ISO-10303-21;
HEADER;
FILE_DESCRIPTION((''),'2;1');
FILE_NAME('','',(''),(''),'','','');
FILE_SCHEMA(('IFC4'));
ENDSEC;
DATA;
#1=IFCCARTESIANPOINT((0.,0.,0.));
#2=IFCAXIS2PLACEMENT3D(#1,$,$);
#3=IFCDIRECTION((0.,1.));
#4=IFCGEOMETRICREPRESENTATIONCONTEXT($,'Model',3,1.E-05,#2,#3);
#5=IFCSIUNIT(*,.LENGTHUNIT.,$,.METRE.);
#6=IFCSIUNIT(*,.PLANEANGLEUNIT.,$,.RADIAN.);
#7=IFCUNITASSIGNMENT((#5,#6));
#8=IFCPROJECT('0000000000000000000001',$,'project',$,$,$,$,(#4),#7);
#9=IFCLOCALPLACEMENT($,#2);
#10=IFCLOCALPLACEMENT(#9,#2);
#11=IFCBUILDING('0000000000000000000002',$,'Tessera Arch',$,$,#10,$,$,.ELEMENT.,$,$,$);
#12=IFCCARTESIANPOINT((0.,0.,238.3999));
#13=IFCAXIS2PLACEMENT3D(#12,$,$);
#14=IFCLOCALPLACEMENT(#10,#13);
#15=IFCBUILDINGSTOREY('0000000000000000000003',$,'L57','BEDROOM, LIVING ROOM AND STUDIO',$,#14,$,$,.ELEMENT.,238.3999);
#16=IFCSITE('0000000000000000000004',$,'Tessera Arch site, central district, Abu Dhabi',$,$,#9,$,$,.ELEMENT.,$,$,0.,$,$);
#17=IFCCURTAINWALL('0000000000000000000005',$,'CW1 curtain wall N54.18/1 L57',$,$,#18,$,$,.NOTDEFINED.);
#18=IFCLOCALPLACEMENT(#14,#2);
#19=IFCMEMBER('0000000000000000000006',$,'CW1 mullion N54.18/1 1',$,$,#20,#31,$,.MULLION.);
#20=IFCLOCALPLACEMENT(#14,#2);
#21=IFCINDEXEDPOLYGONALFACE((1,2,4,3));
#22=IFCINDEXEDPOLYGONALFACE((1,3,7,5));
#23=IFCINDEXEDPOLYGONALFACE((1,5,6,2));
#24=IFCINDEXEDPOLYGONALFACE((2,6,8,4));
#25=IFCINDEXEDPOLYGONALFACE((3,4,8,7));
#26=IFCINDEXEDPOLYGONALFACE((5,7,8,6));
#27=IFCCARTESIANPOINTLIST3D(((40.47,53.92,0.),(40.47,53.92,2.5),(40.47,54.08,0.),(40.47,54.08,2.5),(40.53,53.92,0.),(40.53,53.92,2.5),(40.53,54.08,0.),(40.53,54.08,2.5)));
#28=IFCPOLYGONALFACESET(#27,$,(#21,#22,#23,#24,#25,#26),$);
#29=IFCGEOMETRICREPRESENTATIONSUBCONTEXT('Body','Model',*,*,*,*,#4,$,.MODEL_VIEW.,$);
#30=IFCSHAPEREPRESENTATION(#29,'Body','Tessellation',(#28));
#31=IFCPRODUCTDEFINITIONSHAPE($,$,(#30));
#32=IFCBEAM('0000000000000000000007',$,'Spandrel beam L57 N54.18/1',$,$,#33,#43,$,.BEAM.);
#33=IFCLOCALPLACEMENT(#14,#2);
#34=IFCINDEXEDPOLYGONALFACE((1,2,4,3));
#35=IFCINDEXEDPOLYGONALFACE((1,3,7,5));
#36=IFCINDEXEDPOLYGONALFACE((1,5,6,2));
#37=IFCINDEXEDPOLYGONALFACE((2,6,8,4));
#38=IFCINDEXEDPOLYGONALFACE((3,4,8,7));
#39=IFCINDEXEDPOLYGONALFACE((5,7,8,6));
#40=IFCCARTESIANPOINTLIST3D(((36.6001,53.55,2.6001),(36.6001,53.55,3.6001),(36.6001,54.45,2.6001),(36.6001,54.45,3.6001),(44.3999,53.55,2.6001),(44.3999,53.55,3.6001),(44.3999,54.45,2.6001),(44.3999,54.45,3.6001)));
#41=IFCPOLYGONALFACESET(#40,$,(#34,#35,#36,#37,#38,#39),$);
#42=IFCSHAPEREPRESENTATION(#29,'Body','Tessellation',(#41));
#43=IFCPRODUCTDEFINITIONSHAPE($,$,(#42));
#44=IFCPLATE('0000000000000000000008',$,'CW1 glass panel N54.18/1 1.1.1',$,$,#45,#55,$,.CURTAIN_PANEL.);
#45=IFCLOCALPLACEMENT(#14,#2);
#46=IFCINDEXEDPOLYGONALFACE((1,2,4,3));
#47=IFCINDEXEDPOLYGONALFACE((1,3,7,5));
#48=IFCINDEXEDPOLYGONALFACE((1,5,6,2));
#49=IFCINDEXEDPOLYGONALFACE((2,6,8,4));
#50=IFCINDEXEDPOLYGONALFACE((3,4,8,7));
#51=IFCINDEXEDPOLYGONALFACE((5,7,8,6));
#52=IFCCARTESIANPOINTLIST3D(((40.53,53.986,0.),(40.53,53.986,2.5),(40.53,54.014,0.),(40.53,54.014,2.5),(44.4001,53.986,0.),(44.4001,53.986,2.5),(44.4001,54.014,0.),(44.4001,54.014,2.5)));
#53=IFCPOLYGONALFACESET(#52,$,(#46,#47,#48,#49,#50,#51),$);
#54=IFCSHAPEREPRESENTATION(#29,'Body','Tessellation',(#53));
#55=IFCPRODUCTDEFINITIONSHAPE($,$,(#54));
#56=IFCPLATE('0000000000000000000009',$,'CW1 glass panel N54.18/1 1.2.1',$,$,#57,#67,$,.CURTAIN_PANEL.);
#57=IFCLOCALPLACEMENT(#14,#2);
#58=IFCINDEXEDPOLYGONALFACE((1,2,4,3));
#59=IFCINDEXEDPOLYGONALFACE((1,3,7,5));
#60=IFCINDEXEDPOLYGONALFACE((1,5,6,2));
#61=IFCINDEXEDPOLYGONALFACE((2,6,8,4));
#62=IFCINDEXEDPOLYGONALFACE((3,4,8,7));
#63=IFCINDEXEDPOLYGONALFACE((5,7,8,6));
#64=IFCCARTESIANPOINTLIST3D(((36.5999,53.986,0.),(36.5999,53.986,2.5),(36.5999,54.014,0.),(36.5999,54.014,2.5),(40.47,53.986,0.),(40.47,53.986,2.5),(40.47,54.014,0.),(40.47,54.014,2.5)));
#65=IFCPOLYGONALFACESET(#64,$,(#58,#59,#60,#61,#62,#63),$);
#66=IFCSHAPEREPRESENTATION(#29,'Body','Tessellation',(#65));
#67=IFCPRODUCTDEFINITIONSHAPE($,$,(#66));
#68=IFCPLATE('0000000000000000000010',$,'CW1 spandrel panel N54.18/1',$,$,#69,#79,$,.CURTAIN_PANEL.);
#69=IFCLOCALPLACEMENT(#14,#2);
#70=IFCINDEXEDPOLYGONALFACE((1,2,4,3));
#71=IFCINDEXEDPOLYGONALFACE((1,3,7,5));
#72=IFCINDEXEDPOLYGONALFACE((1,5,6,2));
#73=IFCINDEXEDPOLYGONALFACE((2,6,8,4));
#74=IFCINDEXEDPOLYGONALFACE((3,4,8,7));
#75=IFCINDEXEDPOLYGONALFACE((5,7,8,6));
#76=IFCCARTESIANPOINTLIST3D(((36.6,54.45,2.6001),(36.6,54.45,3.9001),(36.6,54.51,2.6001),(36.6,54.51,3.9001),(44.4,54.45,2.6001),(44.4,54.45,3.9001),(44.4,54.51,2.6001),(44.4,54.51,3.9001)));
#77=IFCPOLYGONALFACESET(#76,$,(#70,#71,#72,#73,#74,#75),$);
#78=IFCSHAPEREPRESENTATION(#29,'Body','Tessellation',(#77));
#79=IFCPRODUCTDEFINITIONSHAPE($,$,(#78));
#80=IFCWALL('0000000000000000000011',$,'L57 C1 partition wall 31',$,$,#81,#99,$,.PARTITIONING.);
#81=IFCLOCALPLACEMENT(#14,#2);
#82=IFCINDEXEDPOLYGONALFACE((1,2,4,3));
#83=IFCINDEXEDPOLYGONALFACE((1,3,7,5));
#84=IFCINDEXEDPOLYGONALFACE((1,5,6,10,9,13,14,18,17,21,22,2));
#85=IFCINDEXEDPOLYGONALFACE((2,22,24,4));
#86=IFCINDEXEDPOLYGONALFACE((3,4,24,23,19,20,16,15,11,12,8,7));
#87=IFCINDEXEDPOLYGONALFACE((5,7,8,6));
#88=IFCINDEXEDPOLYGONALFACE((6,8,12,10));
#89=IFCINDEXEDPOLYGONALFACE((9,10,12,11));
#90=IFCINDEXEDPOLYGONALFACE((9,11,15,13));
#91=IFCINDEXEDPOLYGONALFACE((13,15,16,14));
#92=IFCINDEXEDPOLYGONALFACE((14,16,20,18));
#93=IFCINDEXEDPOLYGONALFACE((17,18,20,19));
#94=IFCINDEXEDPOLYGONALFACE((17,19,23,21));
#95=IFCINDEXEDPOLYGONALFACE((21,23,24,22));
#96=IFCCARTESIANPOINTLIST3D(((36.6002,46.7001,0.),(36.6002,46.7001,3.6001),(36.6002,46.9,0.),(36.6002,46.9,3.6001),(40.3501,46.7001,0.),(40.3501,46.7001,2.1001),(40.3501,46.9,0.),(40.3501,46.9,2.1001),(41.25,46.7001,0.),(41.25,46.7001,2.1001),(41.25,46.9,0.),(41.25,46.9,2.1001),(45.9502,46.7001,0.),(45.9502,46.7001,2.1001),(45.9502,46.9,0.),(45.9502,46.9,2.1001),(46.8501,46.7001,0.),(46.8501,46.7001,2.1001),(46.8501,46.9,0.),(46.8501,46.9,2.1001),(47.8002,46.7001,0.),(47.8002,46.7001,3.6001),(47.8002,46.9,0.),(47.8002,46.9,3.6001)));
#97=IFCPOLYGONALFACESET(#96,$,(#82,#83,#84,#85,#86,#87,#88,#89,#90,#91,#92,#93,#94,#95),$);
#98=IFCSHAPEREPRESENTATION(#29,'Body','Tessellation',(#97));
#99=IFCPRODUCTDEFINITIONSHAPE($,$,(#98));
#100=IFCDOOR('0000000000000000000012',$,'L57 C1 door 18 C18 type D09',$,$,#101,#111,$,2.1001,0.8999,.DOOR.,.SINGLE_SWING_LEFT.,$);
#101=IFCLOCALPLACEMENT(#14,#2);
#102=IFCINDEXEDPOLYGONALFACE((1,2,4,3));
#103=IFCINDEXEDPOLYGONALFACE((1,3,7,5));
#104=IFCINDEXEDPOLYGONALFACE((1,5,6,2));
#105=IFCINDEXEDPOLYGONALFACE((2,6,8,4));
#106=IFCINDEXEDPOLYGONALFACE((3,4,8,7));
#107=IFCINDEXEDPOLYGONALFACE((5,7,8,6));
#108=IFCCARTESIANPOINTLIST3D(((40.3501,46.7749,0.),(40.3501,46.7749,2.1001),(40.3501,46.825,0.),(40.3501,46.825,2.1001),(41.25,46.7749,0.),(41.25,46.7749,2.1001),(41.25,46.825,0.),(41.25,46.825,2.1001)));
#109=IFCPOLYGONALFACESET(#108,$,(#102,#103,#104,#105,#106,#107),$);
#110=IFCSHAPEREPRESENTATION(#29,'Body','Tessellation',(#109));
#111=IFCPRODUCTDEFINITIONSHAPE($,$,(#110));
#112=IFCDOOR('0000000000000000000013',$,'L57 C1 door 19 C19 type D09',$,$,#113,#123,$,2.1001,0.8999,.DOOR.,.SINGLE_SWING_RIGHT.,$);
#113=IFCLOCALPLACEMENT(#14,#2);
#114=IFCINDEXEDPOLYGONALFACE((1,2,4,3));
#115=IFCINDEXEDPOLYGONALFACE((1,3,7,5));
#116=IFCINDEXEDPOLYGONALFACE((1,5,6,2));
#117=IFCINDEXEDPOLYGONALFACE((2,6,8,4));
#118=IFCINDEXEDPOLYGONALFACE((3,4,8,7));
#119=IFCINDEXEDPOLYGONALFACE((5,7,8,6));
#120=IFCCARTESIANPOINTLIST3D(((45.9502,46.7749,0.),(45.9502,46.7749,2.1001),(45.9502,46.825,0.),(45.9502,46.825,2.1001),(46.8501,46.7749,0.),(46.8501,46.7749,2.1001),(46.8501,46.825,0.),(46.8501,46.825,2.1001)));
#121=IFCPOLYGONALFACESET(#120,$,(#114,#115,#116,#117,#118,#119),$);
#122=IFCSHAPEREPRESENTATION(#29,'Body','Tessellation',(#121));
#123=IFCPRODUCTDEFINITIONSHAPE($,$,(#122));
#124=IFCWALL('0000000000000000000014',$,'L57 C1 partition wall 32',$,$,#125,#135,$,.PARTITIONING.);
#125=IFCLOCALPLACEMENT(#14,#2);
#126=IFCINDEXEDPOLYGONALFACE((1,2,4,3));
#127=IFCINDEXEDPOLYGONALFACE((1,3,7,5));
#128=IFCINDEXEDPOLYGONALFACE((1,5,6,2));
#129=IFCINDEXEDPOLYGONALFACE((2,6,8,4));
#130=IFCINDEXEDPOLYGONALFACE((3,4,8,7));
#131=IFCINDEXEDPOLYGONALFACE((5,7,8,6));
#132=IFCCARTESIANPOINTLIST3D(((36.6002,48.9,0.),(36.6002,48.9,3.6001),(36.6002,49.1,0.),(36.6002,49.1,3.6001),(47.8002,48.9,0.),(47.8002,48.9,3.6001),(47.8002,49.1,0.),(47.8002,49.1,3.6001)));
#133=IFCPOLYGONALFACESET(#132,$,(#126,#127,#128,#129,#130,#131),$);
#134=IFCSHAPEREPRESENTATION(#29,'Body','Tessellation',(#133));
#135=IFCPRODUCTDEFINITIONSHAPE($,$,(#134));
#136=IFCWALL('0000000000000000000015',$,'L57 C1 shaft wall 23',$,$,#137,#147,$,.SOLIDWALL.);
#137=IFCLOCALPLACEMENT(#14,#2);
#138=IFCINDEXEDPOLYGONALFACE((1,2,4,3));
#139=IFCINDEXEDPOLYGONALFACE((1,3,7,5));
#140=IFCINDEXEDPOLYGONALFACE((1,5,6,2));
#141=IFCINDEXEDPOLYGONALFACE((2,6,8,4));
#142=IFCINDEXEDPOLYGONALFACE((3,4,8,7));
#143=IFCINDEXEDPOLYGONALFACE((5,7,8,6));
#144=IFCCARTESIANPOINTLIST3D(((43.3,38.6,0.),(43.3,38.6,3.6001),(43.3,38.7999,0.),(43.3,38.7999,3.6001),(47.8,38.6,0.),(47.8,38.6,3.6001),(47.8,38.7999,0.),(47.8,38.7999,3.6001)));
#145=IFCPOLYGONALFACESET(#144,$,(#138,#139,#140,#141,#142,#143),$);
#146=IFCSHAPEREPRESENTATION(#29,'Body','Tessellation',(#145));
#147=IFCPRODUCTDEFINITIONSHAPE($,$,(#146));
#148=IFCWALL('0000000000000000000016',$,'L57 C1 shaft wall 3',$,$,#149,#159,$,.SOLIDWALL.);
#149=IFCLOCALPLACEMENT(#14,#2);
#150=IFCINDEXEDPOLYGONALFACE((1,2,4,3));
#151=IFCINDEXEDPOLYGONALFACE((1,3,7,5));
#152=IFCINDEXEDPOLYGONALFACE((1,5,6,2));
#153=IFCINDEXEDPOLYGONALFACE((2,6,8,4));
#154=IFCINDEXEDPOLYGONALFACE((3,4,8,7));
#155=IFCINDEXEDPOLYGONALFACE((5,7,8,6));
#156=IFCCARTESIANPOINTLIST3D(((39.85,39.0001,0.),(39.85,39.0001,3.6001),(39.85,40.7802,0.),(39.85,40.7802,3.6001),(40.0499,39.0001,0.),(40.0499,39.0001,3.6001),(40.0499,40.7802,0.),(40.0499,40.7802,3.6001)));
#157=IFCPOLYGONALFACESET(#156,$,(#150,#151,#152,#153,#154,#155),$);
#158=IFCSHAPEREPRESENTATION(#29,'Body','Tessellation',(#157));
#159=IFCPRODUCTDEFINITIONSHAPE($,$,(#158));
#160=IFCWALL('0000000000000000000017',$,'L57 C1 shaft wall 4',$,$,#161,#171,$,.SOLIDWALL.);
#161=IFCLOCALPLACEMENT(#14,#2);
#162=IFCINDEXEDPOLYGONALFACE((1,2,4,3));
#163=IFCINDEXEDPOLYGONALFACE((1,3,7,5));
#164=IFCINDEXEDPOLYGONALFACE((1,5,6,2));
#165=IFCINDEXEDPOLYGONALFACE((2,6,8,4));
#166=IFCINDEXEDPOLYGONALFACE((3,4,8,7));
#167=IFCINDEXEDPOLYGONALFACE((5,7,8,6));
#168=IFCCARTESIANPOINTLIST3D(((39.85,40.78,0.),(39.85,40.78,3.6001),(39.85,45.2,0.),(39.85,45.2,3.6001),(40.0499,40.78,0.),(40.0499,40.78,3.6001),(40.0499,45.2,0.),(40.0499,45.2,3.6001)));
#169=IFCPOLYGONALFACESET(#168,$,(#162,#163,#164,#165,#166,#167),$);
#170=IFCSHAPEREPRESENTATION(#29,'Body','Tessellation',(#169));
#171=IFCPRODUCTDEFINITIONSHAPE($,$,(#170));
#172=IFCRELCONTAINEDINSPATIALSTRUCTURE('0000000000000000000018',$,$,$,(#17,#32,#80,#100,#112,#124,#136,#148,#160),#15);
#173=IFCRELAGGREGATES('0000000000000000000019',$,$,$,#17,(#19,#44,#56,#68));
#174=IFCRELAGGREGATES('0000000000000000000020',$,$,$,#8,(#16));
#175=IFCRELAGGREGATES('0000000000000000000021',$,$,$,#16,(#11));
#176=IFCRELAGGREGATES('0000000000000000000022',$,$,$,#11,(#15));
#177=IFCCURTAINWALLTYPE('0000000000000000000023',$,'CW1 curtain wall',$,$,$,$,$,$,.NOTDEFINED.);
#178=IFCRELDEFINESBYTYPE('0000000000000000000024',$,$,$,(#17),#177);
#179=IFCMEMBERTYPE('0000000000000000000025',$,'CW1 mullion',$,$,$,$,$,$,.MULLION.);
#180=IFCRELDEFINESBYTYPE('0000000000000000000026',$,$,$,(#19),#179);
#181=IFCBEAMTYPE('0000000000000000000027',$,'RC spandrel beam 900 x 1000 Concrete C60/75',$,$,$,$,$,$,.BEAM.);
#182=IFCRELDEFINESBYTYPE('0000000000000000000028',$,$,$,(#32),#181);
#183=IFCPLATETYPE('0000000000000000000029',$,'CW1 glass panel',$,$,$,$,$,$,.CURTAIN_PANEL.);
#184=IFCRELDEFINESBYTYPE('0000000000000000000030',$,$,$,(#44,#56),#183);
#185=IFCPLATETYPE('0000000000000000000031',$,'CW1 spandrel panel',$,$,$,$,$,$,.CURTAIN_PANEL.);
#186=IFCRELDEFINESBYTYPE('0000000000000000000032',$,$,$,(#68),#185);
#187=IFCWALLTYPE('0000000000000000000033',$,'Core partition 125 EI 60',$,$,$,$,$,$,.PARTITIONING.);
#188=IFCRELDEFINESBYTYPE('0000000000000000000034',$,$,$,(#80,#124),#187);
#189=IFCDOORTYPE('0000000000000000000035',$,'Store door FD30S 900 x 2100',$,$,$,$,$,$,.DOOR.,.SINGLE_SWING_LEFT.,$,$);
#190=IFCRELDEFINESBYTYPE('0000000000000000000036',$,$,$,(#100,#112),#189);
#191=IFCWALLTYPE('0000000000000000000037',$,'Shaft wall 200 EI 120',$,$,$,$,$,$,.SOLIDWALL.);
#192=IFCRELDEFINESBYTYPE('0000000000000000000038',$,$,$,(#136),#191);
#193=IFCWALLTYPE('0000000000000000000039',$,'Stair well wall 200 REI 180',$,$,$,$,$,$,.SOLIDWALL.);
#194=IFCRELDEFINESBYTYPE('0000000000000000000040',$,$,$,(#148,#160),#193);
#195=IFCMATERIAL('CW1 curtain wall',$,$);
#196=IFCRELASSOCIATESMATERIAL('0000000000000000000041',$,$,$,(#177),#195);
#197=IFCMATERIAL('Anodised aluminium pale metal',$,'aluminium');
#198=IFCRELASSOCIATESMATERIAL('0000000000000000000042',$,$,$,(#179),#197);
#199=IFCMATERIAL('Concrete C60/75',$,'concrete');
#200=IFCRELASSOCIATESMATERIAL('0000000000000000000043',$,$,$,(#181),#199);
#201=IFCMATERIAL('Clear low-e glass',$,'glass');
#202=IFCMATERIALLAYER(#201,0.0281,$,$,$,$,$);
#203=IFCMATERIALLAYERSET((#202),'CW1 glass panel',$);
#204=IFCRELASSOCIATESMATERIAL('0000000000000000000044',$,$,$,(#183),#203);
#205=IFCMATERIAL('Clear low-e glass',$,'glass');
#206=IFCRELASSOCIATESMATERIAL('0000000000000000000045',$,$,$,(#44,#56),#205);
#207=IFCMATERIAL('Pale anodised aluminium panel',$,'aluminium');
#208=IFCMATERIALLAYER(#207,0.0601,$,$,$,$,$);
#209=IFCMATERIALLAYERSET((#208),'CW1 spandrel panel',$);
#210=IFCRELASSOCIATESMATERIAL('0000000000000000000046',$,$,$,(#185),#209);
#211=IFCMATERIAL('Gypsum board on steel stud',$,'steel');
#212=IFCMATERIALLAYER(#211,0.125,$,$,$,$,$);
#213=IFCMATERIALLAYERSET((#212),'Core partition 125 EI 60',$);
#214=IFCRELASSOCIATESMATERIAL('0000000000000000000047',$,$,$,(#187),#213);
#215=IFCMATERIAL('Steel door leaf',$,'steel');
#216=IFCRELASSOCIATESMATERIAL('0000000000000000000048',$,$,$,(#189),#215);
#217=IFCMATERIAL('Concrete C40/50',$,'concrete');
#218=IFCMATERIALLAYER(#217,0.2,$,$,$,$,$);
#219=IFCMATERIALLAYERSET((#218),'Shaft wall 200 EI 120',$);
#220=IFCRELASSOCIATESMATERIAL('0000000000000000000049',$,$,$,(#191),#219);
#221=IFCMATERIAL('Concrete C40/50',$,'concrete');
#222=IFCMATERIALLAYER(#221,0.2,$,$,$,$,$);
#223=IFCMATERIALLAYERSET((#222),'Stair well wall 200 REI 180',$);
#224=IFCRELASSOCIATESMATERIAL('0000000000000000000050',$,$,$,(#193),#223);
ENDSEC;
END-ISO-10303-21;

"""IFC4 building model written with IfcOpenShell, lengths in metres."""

from ifc_helpers import new_model, si_unit, direction, frame, frame_2d, origin, origin_2d, place, context, subcontext, project, spatial, rectangle, extrude, material, layer, layer_set, material_profile, profile_set, type_object, element, fill, aggregate, save


model = new_model("IFC4")

# Units and contexts
model_context = context("Model", 3, precision=1e-05, world=origin(), true_north=direction((0.0, 1.0)))
body_context = subcontext(model_context, "Body", "Model", "MODEL_VIEW")
ifc_project = project(units=[si_unit("LENGTHUNIT", "METRE"), si_unit("PLANEANGLEUNIT", "RADIAN")], contexts=[model_context])

# Site, building, storey
site_placement = place(None, origin())
site = spatial("IfcSite", under=ifc_project, at=site_placement, Name="Tessera Arch site, central district, Abu Dhabi", CompositionType="ELEMENT", RefElevation=0.0)
building_placement = place(site_placement, origin())
building = spatial("IfcBuilding", under=site, at=building_placement, Name="Tessera Arch", CompositionType="ELEMENT")
storey_placement = place(building_placement, frame((0.0, 0.0, 238.3999)))
storey = spatial("IfcBuildingStorey", under=building, at=storey_placement, Name="L57", Description="BEDROOM, LIVING ROOM AND STUDIO", CompositionType="ELEMENT", Elevation=238.3999)

# Curtain wall, member
ifc_material_1 = material(Name="CW1 curtain wall")
curtain_wall_type = type_object("IfcCurtainWallType", Name="CW1 curtain wall", PredefinedType="NOTDEFINED", material=ifc_material_1)
curtain_wall_placement = place(storey_placement, origin())
curtain_wall = element("IfcCurtainWall", 1, at=curtain_wall_placement, inside=storey, type_object=curtain_wall_type, Name="CW1 curtain wall N54.18/1 L57", PredefinedType="NOTDEFINED")
ifc_material_2 = material(Name="Anodised aluminium pale metal", Category="aluminium")
ifc_material_profile_1 = material_profile(ifc_material_2, rectangle(XDim=0.1599, YDim=0.0601, at=origin_2d()), Name="AL 60x160")
ifc_profile_set_1 = profile_set([ifc_material_profile_1], Name="Anodised aluminium pale metal")
member_type = type_object("IfcMemberType", Name="CW1 mullion", PredefinedType="MULLION", material=ifc_profile_set_1)
member_placement = place(storey_placement, frame((40.5, 54.0, 0.0), z_axis=(0.0, 0.0, 1.0), x_axis=(0.0, -1.0, 0.0)))
member = element("IfcMember", 2, at=member_placement, type_object=member_type, Name="CW1 mullion N54.18/1 1", PredefinedType="MULLION", context=body_context, shape_type="SweptSolid", body=[
    extrude(rectangle(XDim=0.1599, YDim=0.0601, at=origin_2d()), origin(), (0.0, 0.0, 1.0), 2.5),
])

# Beam
ifc_material_3 = material(Name="Concrete C60/75", Category="concrete")
ifc_material_profile_2 = material_profile(ifc_material_3, rectangle(XDim=0.8999, YDim=1.0, at=origin_2d()), Name="RC spandrel beam 900 x 1000 Concrete C60/75")
ifc_profile_set_2 = profile_set([ifc_material_profile_2], Name="Concrete C60/75")
beam_type = type_object("IfcBeamType", Name="RC spandrel beam 900 x 1000 Concrete C60/75", PredefinedType="BEAM", material=ifc_profile_set_2)
beam_placement = place(storey_placement, frame((44.3999, 54.0, 3.1001), z_axis=(-1.0, 0.0, 0.0), x_axis=(0.0, -1.0, 0.0)))
element("IfcBeam", 3, at=beam_placement, inside=storey, type_object=beam_type, Name="Spandrel beam L57 N54.18/1", PredefinedType="BEAM", context=body_context, shape_type="SweptSolid", body=[
    extrude(rectangle(XDim=0.8999, YDim=1.0, at=origin_2d()), origin(), (0.0, 0.0, 1.0), 7.7998),
])

# Plates
ifc_material_4 = material(Name="Clear low-e glass", Category="glass")
ifc_material_5 = material(Name="Clear low-e glass", Category="glass")
ifc_layer_1 = layer(ifc_material_5, 0.0281)
ifc_layer_set_1 = layer_set([ifc_layer_1], Name="CW1 glass panel")
plate_type_1 = type_object("IfcPlateType", Name="CW1 glass panel", PredefinedType="CURTAIN_PANEL", material=ifc_layer_set_1)
plate_1_placement = place(storey_placement, frame((42.4651, 54.0, 0.0), z_axis=(0.0, 0.0, 1.0), x_axis=(-1.0, 0.0, 0.0)))
plate_1 = element("IfcPlate", 4, at=plate_1_placement, type_object=plate_type_1, material=ifc_material_4, Name="CW1 glass panel N54.18/1 1.1.1", PredefinedType="CURTAIN_PANEL", context=body_context, shape_type="SweptSolid", body=[
    extrude(rectangle(XDim=3.8701, YDim=0.0281, at=origin_2d()), origin(), (0.0, 0.0, 1.0), 2.5),
])
plate_2_placement = place(storey_placement, frame((38.5349, 54.0, 0.0), z_axis=(0.0, 0.0, 1.0), x_axis=(-1.0, 0.0, 0.0)))
plate_2 = element("IfcPlate", 5, at=plate_2_placement, type_object=plate_type_1, material=ifc_material_4, Name="CW1 glass panel N54.18/1 1.2.1", PredefinedType="CURTAIN_PANEL", context=body_context, shape_type="SweptSolid", body=[
    extrude(rectangle(XDim=3.8701, YDim=0.0281, at=origin_2d()), origin(), (0.0, 0.0, 1.0), 2.5),
])
ifc_material_6 = material(Name="Pale anodised aluminium panel", Category="aluminium")
ifc_layer_2 = layer(ifc_material_6, 0.0601)
ifc_layer_set_2 = layer_set([ifc_layer_2], Name="CW1 spandrel panel")
plate_type_2 = type_object("IfcPlateType", Name="CW1 spandrel panel", PredefinedType="CURTAIN_PANEL", material=ifc_layer_set_2)
plate_3_placement = place(storey_placement, frame((40.5, 54.48, 2.6001), z_axis=(0.0, 0.0, 1.0), x_axis=(-1.0, 0.0, 0.0)))
plate_3 = element("IfcPlate", 6, at=plate_3_placement, type_object=plate_type_2, Name="CW1 spandrel panel N54.18/1", PredefinedType="CURTAIN_PANEL", context=body_context, shape_type="SweptSolid", body=[
    extrude(rectangle(XDim=7.8, YDim=0.0601, at=origin_2d()), origin(), (0.0, 0.0, 1.0), 1.3),
])
aggregate(curtain_wall, [member, plate_1, plate_2, plate_3])

# Wall, openings, doors
ifc_material_7 = material(Name="Gypsum board on steel stud", Category="steel")
ifc_layer_3 = layer(ifc_material_7, 0.125)
ifc_layer_set_3 = layer_set([ifc_layer_3], Name="Core partition 125 EI 60")
wall_type_1 = type_object("IfcWallType", Name="Core partition 125 EI 60", PredefinedType="PARTITIONING", material=ifc_layer_set_3)
wall_1_placement = place(storey_placement, frame((36.6001, 46.8, 0.0), z_axis=(0.0, 0.0, 1.0), x_axis=(1.0, 0.0, 0.0)))
wall_1 = element("IfcWall", 7, at=wall_1_placement, inside=storey, type_object=wall_type_1, Name="L57 C1 partition wall 31", PredefinedType="PARTITIONING", context=body_context, shape_type="SweptSolid", body=[
    extrude(rectangle(XDim=11.2, YDim=0.2, at=frame_2d((5.6001, 0.0))), origin(), (0.0, 0.0, 1.0), 3.6001),
])
opening_1_placement = place(wall_1_placement, frame((3.75, 0.0, 0.0)))
opening_1 = element("IfcOpeningElement", 8, at=opening_1_placement, cuts=wall_1, PredefinedType="OPENING", context=body_context, shape_type="SweptSolid", body=[
    extrude(rectangle(XDim=0.8999, YDim=2.1001, at=frame_2d((0.45, 1.05))), frame((0.0, 0.1099, 0.0), z_axis=(0.0, -1.0, 0.0), x_axis=(1.0, 0.0, 0.0)), (0.0, 0.0, 1.0), 0.22),
])
opening_2_placement = place(wall_1_placement, frame((9.3501, 0.0, 0.0)))
opening_2 = element("IfcOpeningElement", 9, at=opening_2_placement, cuts=wall_1, PredefinedType="OPENING", context=body_context, shape_type="SweptSolid", body=[
    extrude(rectangle(XDim=0.8999, YDim=2.1001, at=frame_2d((0.45, 1.05))), frame((0.0, 0.1099, 0.0), z_axis=(0.0, -1.0, 0.0), x_axis=(1.0, 0.0, 0.0)), (0.0, 0.0, 1.0), 0.22),
])
ifc_material_8 = material(Name="Steel door leaf", Category="steel")
door_type = type_object("IfcDoorType", Name="Store door FD30S 900 x 2100", OperationType="SINGLE_SWING_LEFT", PredefinedType="DOOR", material=ifc_material_8)
door_1_placement = place(opening_1_placement, origin())
door_1 = element("IfcDoor", 10, at=door_1_placement, inside=storey, type_object=door_type, Name="L57 C1 door 18 C18 type D09", OperationType="SINGLE_SWING_LEFT", OverallHeight=2.1001, OverallWidth=0.8999, PredefinedType="DOOR", context=body_context, shape_type="SweptSolid", body=[
    extrude(rectangle(XDim=0.8999, YDim=2.1001, at=frame_2d((0.45, 1.05))), frame((0.0, 0.0249, 0.0), z_axis=(0.0, -1.0, 0.0), x_axis=(1.0, 0.0, 0.0)), (0.0, 0.0, 1.0), 0.05),
])
fill(opening_1, door_1)
door_2_placement = place(opening_2_placement, origin())
door_2 = element("IfcDoor", 11, at=door_2_placement, inside=storey, type_object=door_type, Name="L57 C1 door 19 C19 type D09", OperationType="SINGLE_SWING_RIGHT", OverallHeight=2.1001, OverallWidth=0.8999, PredefinedType="DOOR", context=body_context, shape_type="SweptSolid", body=[
    extrude(rectangle(XDim=0.8999, YDim=2.1001, at=frame_2d((0.45, 1.05))), frame((0.0, 0.0249, 0.0), z_axis=(0.0, -1.0, 0.0), x_axis=(1.0, 0.0, 0.0)), (0.0, 0.0, 1.0), 0.05),
])
fill(opening_2, door_2)

# Walls
wall_2_placement = place(storey_placement, frame((36.6001, 49.0, 0.0), z_axis=(0.0, 0.0, 1.0), x_axis=(1.0, 0.0, 0.0)))
element("IfcWall", 12, at=wall_2_placement, inside=storey, type_object=wall_type_1, Name="L57 C1 partition wall 32", PredefinedType="PARTITIONING", context=body_context, shape_type="SweptSolid", body=[
    extrude(rectangle(XDim=11.2, YDim=0.2, at=frame_2d((5.6001, 0.0))), origin(), (0.0, 0.0, 1.0), 3.6001),
])
ifc_material_9 = material(Name="Concrete C40/50", Category="concrete")
ifc_layer_4 = layer(ifc_material_9, 0.2)
ifc_layer_set_4 = layer_set([ifc_layer_4], Name="Shaft wall 200 EI 120")
wall_type_2 = type_object("IfcWallType", Name="Shaft wall 200 EI 120", PredefinedType="SOLIDWALL", material=ifc_layer_set_4)
wall_3_placement = place(storey_placement, frame((43.3, 38.7, 0.0), z_axis=(0.0, 0.0, 1.0), x_axis=(1.0, 0.0, 0.0)))
element("IfcWall", 13, at=wall_3_placement, inside=storey, type_object=wall_type_2, Name="L57 C1 shaft wall 23", PredefinedType="SOLIDWALL", context=body_context, shape_type="SweptSolid", body=[
    extrude(rectangle(XDim=4.5, YDim=0.2, at=frame_2d((2.25, 0.0))), origin(), (0.0, 0.0, 1.0), 3.6001),
])
ifc_material_10 = material(Name="Concrete C40/50", Category="concrete")
ifc_layer_5 = layer(ifc_material_10, 0.2)
ifc_layer_set_5 = layer_set([ifc_layer_5], Name="Stair well wall 200 REI 180")
wall_type_3 = type_object("IfcWallType", Name="Stair well wall 200 REI 180", PredefinedType="SOLIDWALL", material=ifc_layer_set_5)
wall_4_placement = place(storey_placement, frame((39.95, 39.0, 0.0), z_axis=(0.0, 0.0, 1.0), x_axis=(0.0, 1.0, 0.0)))
element("IfcWall", 14, at=wall_4_placement, inside=storey, type_object=wall_type_3, Name="L57 C1 shaft wall 3", PredefinedType="SOLIDWALL", context=body_context, shape_type="SweptSolid", body=[
    extrude(rectangle(XDim=1.78, YDim=0.2, at=frame_2d((0.8901, 0.0))), origin(), (0.0, 0.0, 1.0), 3.6001),
])
wall_5_placement = place(storey_placement, frame((39.95, 40.78, 0.0), z_axis=(0.0, 0.0, 1.0), x_axis=(0.0, 1.0, 0.0)))
element("IfcWall", 15, at=wall_5_placement, inside=storey, type_object=wall_type_3, Name="L57 C1 shaft wall 4", PredefinedType="SOLIDWALL", context=body_context, shape_type="SweptSolid", body=[
    extrude(rectangle(XDim=4.4199, YDim=0.2, at=frame_2d((2.21, 0.0))), origin(), (0.0, 0.0, 1.0), 3.6001),
])

save(model, "model.ifc")
